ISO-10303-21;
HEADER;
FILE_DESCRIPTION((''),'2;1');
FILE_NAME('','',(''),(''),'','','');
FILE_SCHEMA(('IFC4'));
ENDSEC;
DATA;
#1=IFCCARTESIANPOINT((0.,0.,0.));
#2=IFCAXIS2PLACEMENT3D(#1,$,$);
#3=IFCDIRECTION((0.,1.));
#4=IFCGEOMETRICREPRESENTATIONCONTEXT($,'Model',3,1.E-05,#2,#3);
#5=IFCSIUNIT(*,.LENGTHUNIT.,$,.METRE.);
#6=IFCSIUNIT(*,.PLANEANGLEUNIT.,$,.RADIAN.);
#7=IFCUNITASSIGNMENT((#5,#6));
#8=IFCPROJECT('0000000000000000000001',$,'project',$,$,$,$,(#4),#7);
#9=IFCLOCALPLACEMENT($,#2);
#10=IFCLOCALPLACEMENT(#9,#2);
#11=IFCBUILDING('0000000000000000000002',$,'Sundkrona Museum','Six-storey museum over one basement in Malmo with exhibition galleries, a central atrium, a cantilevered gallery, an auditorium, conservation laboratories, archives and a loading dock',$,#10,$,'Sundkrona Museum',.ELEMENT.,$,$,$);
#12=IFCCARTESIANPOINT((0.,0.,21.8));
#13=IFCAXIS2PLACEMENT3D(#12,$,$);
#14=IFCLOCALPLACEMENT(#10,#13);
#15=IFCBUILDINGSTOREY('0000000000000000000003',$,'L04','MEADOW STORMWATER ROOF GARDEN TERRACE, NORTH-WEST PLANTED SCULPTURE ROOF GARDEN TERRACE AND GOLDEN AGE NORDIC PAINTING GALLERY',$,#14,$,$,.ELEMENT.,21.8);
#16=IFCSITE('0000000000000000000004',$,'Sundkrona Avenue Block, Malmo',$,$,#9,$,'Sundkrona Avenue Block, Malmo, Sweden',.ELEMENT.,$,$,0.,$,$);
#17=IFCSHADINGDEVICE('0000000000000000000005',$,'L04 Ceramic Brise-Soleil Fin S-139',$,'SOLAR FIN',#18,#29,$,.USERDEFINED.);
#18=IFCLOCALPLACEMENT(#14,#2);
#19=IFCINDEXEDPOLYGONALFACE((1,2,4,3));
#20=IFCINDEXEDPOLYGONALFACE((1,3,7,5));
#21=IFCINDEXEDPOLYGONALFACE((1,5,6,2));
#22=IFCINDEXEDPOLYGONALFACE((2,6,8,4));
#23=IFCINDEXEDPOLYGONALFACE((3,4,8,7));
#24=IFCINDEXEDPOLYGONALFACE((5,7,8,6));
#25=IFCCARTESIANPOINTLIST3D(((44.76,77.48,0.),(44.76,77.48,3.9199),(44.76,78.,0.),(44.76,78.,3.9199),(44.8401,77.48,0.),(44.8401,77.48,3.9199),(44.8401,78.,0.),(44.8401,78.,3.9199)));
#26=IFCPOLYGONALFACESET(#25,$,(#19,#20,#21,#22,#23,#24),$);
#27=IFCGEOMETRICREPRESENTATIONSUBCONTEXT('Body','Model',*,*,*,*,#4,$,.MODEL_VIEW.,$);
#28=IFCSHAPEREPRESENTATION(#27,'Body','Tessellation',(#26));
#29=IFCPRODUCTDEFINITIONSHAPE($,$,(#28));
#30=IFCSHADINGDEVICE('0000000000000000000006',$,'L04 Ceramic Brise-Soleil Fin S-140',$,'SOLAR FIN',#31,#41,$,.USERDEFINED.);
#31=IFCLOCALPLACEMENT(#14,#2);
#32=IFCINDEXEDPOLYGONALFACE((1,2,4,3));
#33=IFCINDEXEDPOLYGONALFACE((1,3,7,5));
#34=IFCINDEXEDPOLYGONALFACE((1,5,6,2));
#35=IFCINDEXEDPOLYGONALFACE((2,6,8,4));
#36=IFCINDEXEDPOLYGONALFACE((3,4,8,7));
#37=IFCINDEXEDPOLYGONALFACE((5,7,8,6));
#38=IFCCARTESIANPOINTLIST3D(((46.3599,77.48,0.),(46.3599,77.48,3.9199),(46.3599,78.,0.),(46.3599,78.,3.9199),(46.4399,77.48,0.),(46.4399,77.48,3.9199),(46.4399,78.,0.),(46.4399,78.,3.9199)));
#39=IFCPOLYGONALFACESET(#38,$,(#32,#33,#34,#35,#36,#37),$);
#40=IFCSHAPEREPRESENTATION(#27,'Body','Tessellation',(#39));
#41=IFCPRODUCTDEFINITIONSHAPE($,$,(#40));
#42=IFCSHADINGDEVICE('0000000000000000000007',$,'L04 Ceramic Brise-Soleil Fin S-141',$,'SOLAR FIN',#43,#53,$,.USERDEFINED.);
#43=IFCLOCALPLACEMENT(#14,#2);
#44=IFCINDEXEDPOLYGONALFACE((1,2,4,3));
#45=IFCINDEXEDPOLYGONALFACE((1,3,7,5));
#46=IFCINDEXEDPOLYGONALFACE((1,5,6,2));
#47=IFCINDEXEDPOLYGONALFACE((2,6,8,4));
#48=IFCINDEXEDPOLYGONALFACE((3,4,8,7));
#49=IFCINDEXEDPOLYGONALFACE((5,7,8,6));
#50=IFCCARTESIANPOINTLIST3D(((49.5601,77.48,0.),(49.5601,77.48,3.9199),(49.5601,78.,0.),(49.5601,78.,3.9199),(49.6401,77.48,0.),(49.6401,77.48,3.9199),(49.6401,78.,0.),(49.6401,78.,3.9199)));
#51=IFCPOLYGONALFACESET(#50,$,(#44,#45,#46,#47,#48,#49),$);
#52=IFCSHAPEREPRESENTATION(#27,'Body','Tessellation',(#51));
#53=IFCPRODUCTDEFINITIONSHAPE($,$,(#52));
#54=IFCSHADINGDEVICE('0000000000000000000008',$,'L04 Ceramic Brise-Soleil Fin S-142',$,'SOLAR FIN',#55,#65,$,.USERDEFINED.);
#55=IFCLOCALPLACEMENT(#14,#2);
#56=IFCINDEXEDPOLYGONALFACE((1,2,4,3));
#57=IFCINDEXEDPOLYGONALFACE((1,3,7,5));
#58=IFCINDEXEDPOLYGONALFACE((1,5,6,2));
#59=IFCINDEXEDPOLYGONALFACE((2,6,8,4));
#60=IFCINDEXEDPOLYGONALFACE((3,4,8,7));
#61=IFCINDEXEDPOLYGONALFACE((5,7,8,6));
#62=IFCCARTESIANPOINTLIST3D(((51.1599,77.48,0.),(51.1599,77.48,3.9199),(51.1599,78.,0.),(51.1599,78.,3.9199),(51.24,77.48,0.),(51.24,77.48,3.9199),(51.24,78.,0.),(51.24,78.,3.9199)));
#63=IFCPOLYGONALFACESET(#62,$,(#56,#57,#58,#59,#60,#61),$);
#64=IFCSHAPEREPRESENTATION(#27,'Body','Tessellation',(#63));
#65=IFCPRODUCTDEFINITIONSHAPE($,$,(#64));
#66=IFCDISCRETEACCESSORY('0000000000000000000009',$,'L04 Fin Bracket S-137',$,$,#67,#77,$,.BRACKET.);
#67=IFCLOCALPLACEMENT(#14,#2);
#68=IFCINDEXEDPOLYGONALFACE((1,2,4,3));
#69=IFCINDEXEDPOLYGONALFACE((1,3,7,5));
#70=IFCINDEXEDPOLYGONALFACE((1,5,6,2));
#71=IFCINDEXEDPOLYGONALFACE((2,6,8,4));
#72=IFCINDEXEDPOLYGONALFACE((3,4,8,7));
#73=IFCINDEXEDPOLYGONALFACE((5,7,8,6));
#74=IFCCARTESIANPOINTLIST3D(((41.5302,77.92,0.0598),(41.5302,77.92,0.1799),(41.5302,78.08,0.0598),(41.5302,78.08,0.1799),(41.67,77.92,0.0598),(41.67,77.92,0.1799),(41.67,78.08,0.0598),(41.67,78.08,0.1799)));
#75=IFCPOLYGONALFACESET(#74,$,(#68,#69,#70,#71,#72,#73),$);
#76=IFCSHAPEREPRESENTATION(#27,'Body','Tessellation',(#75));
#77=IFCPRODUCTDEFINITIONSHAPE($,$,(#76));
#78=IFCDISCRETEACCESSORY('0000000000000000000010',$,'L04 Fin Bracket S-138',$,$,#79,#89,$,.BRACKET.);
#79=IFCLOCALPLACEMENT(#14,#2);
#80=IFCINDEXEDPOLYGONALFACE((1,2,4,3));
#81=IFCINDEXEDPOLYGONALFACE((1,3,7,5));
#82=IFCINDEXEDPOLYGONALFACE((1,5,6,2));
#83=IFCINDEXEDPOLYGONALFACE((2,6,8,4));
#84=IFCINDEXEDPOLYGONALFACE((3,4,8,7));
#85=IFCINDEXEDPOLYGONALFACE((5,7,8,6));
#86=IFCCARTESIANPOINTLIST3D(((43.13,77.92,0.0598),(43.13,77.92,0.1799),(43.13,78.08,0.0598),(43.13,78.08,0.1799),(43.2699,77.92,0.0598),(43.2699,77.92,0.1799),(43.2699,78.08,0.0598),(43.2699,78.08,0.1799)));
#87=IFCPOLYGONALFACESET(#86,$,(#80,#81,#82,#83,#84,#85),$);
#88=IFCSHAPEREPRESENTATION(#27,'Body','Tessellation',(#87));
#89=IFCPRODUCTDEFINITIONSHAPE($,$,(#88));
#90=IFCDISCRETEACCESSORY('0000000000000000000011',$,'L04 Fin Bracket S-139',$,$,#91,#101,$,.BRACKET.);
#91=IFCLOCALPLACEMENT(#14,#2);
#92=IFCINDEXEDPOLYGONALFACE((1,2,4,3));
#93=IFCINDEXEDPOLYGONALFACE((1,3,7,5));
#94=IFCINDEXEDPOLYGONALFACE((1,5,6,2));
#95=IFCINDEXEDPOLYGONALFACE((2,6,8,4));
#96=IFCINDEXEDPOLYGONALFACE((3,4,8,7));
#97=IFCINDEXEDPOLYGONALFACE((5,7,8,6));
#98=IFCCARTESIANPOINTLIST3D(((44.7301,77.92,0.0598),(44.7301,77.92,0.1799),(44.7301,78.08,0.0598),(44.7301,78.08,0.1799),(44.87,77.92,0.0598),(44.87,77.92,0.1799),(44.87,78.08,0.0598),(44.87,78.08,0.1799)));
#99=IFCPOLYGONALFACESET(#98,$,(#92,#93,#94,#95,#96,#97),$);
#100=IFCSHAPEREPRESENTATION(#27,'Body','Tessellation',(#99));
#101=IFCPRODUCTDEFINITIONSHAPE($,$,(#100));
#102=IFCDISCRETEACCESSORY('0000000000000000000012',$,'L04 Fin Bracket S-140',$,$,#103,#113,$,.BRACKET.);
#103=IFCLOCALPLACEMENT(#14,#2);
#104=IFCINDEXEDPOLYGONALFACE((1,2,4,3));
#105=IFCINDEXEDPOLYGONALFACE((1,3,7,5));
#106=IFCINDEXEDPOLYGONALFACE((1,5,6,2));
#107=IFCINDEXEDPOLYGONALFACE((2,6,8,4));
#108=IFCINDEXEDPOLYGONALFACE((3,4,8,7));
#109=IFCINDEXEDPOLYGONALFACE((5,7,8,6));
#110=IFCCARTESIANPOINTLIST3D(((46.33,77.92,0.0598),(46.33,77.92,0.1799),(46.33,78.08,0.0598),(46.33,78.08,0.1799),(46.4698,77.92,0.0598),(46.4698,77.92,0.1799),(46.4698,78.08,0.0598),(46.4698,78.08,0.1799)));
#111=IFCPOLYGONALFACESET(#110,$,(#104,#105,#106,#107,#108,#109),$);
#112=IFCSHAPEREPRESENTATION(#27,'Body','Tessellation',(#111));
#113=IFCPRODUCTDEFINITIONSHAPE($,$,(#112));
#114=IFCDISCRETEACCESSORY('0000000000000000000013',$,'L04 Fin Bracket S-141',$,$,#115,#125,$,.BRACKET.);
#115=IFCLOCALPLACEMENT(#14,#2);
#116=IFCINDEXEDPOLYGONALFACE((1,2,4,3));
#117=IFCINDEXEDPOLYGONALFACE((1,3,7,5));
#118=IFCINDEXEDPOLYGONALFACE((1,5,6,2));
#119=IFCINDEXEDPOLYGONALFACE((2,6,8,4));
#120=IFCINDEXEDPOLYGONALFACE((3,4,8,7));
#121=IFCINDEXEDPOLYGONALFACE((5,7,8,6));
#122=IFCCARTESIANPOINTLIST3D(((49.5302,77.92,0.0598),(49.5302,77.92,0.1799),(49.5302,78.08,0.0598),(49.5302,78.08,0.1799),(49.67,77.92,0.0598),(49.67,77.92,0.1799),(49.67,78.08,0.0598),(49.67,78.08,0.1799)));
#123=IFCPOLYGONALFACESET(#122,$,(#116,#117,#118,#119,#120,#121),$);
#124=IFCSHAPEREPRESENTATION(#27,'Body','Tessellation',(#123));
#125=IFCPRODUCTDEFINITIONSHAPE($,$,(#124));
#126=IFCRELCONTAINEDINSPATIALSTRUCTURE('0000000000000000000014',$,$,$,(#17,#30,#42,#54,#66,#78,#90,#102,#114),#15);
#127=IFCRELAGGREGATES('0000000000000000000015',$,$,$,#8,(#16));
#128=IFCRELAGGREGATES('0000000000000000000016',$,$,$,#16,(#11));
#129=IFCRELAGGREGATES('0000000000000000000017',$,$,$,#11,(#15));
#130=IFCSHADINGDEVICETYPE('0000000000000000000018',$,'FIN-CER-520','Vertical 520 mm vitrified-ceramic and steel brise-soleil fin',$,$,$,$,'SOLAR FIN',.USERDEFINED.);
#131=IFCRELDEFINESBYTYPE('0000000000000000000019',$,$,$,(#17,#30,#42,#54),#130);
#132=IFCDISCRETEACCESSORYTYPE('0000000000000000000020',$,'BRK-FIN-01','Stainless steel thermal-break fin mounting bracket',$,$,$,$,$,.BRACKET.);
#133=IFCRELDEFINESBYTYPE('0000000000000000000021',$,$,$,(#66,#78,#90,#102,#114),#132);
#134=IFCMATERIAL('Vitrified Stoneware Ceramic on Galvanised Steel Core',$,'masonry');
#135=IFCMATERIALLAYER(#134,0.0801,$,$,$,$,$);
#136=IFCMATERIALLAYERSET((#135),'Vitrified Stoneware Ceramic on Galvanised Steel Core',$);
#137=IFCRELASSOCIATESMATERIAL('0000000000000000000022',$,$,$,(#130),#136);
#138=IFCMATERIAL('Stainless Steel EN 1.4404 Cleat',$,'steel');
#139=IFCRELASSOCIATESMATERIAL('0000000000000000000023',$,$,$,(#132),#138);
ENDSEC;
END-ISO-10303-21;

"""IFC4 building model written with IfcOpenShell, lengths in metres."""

from ifc_helpers import new_model, si_unit, direction, frame, origin, origin_2d, place, context, subcontext, project, spatial, rectangle, extrude, material, layer, layer_set, type_object, element, save


model = new_model("IFC4")

# Units and contexts
model_context = context("Model", 3, precision=1e-05, world=origin(), true_north=direction((0.0, 1.0)))
body_context = subcontext(model_context, "Body", "Model", "MODEL_VIEW")
ifc_project = project(units=[si_unit("LENGTHUNIT", "METRE"), si_unit("PLANEANGLEUNIT", "RADIAN")], contexts=[model_context])

# Site, building, storey
site_placement = place(None, origin())
site = spatial("IfcSite", under=ifc_project, at=site_placement, Name="Sundkrona Avenue Block, Malmo", LongName="Sundkrona Avenue Block, Malmo, Sweden", CompositionType="ELEMENT", RefElevation=0.0)
building_placement = place(site_placement, origin())
building = spatial("IfcBuilding", under=site, at=building_placement, Name="Sundkrona Museum", Description="Six-storey museum over one basement in Malmo with exhibition galleries, a central atrium, a cantilevered gallery, an auditorium, conservation laboratories, archives and a loading dock", LongName="Sundkrona Museum", CompositionType="ELEMENT")
storey_placement = place(building_placement, frame((0.0, 0.0, 21.8)))
storey = spatial("IfcBuildingStorey", under=building, at=storey_placement, Name="L04", Description="MEADOW STORMWATER ROOF GARDEN TERRACE, NORTH-WEST PLANTED SCULPTURE ROOF GARDEN TERRACE AND GOLDEN AGE NORDIC PAINTING GALLERY", CompositionType="ELEMENT", Elevation=21.8)

# Shading devices
ifc_material_1 = material(Name="Vitrified Stoneware Ceramic on Galvanised Steel Core", Category="masonry")
ifc_layer_1 = layer(ifc_material_1, 0.0801)
ifc_layer_set_1 = layer_set([ifc_layer_1], Name="Vitrified Stoneware Ceramic on Galvanised Steel Core")
shading_device_type = type_object("IfcShadingDeviceType", Name="FIN-CER-520", Description="Vertical 520 mm vitrified-ceramic and steel brise-soleil fin", ElementType="SOLAR FIN", PredefinedType="USERDEFINED", material=ifc_layer_set_1)
for number, where, z_axis, x_axis, name in (
    (1, (44.8, 77.74, 0.0), (0.0, 0.0, 1.0), (1.0, 0.0, 0.0), "L04 Ceramic Brise-Soleil Fin S-139"),
    (2, (46.3999, 77.74, 0.0), (0.0, 0.0, 1.0), (1.0, 0.0, 0.0), "L04 Ceramic Brise-Soleil Fin S-140"),
    (3, (49.6001, 77.74, 0.0), (0.0, 0.0, 1.0), (1.0, 0.0, 0.0), "L04 Ceramic Brise-Soleil Fin S-141"),
    (4, (51.2, 77.74, 0.0), (0.0, 0.0, 1.0), (1.0, 0.0, 0.0), "L04 Ceramic Brise-Soleil Fin S-142"),
):
    element("IfcShadingDevice", number, at=place(storey_placement, frame(where, z_axis=z_axis, x_axis=x_axis)), inside=storey, type_object=shading_device_type, Name=name, ObjectType="SOLAR FIN", PredefinedType="USERDEFINED", context=body_context, shape_type="SweptSolid", body=[
        extrude(rectangle(XDim=0.0801, YDim=0.52, at=origin_2d()), origin(), (0.0, 0.0, 1.0), 3.9199),
    ])

# Discrete accessories
ifc_material_2 = material(Name="Stainless Steel EN 1.4404 Cleat", Category="steel")
discrete_accessory_type = type_object("IfcDiscreteAccessoryType", Name="BRK-FIN-01", Description="Stainless steel thermal-break fin mounting bracket", PredefinedType="BRACKET", material=ifc_material_2)
for number, where, z_axis, x_axis, name in (
    (5, (41.6001, 78.0, 0.0598), (0.0, 0.0, 1.0), (1.0, 0.0, 0.0), "L04 Fin Bracket S-137"),
    (6, (43.2, 78.0, 0.0598), (0.0, 0.0, 1.0), (1.0, 0.0, 0.0), "L04 Fin Bracket S-138"),
    (7, (44.8, 78.0, 0.0598), (0.0, 0.0, 1.0), (1.0, 0.0, 0.0), "L04 Fin Bracket S-139"),
    (8, (46.3999, 78.0, 0.0598), (0.0, 0.0, 1.0), (1.0, 0.0, 0.0), "L04 Fin Bracket S-140"),
    (9, (49.6001, 78.0, 0.0598), (0.0, 0.0, 1.0), (1.0, 0.0, 0.0), "L04 Fin Bracket S-141"),
):
    element("IfcDiscreteAccessory", number, at=place(storey_placement, frame(where, z_axis=z_axis, x_axis=x_axis)), inside=storey, type_object=discrete_accessory_type, Name=name, PredefinedType="BRACKET", context=body_context, shape_type="SweptSolid", body=[
        extrude(rectangle(XDim=0.1399, YDim=0.1599, at=origin_2d()), origin(), (0.0, 0.0, 1.0), 0.1201),
    ])

save(model, "model.ifc")
